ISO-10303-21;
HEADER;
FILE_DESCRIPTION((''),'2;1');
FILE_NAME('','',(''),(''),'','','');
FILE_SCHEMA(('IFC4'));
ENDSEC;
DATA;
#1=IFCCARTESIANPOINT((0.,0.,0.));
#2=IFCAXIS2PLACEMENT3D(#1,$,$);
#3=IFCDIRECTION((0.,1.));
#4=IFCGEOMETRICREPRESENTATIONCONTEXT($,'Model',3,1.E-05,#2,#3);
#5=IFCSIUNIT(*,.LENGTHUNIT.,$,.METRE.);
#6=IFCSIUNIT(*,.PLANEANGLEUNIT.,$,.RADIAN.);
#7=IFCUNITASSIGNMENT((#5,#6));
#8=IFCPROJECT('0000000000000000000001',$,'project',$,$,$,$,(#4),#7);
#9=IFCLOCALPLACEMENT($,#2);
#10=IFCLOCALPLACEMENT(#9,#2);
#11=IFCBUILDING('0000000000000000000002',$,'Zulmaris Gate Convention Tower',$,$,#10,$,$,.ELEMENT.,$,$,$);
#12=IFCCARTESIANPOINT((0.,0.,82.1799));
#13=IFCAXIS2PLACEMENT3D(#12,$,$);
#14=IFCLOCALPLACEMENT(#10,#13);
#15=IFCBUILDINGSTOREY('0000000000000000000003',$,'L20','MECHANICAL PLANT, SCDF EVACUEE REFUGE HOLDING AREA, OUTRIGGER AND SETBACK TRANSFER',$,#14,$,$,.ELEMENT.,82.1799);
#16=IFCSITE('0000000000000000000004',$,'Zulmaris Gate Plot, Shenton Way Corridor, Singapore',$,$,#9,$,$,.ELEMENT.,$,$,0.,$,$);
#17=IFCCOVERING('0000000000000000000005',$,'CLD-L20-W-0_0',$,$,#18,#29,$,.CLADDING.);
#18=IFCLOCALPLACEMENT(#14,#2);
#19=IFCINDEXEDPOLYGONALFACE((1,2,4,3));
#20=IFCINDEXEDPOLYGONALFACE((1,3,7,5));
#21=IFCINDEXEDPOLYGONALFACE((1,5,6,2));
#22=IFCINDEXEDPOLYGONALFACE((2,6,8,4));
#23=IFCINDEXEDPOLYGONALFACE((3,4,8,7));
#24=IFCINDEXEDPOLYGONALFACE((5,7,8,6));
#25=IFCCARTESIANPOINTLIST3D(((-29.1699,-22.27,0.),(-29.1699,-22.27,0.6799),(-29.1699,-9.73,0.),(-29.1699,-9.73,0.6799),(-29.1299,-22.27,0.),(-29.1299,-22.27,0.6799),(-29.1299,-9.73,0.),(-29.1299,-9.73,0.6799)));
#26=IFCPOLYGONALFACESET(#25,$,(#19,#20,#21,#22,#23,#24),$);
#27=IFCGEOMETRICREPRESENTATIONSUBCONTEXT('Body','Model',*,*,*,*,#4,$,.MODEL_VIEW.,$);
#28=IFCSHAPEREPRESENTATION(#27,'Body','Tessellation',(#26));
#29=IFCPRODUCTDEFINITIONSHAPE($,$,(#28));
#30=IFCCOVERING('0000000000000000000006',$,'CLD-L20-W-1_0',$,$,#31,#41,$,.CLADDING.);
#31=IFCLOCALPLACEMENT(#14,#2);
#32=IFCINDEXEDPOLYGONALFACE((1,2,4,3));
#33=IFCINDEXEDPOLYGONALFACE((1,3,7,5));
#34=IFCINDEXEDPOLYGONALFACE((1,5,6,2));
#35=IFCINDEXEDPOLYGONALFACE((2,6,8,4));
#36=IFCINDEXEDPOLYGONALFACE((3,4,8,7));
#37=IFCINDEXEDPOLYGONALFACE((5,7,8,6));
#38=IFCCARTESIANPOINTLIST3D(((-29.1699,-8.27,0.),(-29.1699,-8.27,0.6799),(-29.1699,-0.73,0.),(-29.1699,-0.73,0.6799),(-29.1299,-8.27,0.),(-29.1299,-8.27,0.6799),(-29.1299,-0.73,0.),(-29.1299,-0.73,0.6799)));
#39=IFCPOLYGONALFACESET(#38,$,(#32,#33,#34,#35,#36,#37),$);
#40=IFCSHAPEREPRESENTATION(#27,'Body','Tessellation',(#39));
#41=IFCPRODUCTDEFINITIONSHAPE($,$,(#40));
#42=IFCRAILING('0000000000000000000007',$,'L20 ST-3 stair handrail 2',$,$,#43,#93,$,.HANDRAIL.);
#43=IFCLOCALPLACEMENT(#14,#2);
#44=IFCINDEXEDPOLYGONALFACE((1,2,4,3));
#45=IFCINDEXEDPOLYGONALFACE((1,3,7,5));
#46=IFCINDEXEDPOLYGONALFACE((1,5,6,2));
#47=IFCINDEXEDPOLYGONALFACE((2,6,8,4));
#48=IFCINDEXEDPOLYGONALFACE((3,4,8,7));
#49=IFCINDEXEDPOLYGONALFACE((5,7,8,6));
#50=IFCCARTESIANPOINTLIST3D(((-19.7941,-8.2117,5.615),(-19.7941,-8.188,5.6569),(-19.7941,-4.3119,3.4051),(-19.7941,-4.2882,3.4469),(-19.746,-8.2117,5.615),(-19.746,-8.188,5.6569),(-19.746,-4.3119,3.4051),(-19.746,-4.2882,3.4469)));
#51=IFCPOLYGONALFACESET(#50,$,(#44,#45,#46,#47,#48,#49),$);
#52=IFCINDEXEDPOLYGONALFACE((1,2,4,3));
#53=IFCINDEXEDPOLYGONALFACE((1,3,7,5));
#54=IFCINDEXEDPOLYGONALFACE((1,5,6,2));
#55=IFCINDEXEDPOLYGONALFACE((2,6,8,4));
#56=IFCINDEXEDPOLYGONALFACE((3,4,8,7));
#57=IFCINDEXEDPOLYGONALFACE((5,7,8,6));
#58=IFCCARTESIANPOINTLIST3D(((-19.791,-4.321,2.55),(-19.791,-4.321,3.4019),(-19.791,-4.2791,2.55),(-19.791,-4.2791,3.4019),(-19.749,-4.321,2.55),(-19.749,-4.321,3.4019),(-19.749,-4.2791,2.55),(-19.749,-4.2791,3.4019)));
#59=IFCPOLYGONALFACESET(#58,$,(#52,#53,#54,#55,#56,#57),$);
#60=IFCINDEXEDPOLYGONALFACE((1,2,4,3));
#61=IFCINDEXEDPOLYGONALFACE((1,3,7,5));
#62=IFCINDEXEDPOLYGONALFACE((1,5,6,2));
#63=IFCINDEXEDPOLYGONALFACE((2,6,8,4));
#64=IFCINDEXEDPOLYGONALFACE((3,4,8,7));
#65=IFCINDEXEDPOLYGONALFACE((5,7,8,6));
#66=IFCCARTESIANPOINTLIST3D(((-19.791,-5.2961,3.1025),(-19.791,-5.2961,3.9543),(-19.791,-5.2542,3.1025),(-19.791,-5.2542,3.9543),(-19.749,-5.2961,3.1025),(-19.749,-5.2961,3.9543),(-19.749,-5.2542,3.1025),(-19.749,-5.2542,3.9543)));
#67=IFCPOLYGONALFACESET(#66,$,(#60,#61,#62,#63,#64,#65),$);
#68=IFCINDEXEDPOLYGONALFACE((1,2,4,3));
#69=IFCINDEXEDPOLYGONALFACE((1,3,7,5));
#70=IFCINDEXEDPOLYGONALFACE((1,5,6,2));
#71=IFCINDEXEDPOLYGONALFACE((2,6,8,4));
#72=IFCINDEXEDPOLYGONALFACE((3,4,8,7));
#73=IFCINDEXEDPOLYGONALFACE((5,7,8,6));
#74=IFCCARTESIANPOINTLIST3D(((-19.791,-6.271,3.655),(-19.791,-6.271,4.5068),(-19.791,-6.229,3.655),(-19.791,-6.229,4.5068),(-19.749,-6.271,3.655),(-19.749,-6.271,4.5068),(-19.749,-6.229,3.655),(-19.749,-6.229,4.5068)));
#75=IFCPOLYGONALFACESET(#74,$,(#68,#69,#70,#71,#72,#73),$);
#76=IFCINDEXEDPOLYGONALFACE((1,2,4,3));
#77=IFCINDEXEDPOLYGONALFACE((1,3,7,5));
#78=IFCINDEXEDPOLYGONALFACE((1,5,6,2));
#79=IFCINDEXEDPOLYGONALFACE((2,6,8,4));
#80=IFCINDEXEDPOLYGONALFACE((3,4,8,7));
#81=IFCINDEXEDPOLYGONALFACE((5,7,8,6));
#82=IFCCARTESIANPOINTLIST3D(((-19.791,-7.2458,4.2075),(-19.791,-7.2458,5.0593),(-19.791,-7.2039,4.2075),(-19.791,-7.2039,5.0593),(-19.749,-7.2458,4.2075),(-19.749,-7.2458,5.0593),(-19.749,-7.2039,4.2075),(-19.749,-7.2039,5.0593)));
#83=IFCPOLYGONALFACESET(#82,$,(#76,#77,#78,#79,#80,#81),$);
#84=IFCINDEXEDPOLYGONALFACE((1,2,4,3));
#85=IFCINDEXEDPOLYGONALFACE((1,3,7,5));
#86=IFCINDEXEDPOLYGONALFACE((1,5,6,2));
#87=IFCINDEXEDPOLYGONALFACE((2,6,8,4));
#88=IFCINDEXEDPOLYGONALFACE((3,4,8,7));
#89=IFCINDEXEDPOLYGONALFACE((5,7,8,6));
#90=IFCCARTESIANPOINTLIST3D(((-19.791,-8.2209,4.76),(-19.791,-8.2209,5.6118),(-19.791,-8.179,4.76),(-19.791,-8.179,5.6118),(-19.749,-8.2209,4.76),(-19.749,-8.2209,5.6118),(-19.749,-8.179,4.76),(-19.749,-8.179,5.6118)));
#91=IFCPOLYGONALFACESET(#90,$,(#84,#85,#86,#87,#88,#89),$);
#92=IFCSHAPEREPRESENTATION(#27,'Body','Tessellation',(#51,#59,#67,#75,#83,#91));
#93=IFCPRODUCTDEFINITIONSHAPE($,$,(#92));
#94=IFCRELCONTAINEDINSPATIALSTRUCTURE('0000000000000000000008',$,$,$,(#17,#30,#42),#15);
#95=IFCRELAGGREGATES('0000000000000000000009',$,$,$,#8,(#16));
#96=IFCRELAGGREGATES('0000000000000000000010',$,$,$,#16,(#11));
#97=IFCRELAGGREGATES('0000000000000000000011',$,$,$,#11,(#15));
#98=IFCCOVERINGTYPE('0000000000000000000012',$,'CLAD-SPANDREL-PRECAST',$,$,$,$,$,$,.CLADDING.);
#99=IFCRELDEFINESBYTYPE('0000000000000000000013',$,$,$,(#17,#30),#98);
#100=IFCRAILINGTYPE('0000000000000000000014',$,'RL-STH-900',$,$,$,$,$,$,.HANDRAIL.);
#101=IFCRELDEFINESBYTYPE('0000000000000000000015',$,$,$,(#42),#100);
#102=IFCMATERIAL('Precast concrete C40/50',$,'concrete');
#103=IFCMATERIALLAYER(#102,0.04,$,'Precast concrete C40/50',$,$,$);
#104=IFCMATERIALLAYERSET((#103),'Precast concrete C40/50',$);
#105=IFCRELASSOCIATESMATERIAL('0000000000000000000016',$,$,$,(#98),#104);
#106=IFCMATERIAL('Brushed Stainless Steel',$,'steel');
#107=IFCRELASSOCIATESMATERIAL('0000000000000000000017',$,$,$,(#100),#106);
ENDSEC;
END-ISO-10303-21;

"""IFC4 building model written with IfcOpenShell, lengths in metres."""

from ifc_helpers import new_model, si_unit, direction, frame, frame_2d, origin, origin_2d, place, context, subcontext, project, spatial, rectangle, extrude, material, layer, layer_set, type_object, element, save


model = new_model("IFC4")

# Units and contexts
model_context = context("Model", 3, precision=1e-05, world=origin(), true_north=direction((0.0, 1.0)))
body_context = subcontext(model_context, "Body", "Model", "MODEL_VIEW")
ifc_project = project(units=[si_unit("LENGTHUNIT", "METRE"), si_unit("PLANEANGLEUNIT", "RADIAN")], contexts=[model_context])

# Site, building, storey
site_placement = place(None, origin())
site = spatial("IfcSite", under=ifc_project, at=site_placement, Name="Zulmaris Gate Plot, Shenton Way Corridor, Singapore", CompositionType="ELEMENT", RefElevation=0.0)
building_placement = place(site_placement, origin())
building = spatial("IfcBuilding", under=site, at=building_placement, Name="Zulmaris Gate Convention Tower", CompositionType="ELEMENT")
storey_placement = place(building_placement, frame((0.0, 0.0, 82.1799)))
storey = spatial("IfcBuildingStorey", under=building, at=storey_placement, Name="L20", Description="MECHANICAL PLANT, SCDF EVACUEE REFUGE HOLDING AREA, OUTRIGGER AND SETBACK TRANSFER", CompositionType="ELEMENT", Elevation=82.1799)

# Shared definitions
ifc_material_1 = material(Name="Precast concrete C40/50", Category="concrete")

# Coverings
ifc_layer_1 = layer(ifc_material_1, 0.04, Name="Precast concrete C40/50")
ifc_layer_set_1 = layer_set([ifc_layer_1], Name="Precast concrete C40/50")
covering_type = type_object("IfcCoveringType", Name="CLAD-SPANDREL-PRECAST", PredefinedType="CLADDING", material=ifc_layer_set_1)
covering_1_placement = place(storey_placement, frame((-29.1499, -9.73, 0.0), z_axis=(0.0, 0.0, 1.0), x_axis=(0.0, -1.0, 0.0)))
element("IfcCovering", 1, at=covering_1_placement, inside=storey, type_object=covering_type, Name="CLD-L20-W-0_0", PredefinedType="CLADDING", context=body_context, shape_type="SweptSolid", body=[
    extrude(rectangle(XDim=12.54, YDim=0.04, at=frame_2d((6.27, 0.0))), origin(), (0.0, 0.0, 1.0), 0.6799),
])
covering_2_placement = place(storey_placement, frame((-29.1499, -0.73, 0.0), z_axis=(0.0, 0.0, 1.0), x_axis=(0.0, -1.0, 0.0)))
element("IfcCovering", 2, at=covering_2_placement, inside=storey, type_object=covering_type, Name="CLD-L20-W-1_0", PredefinedType="CLADDING", context=body_context, shape_type="SweptSolid", body=[
    extrude(rectangle(XDim=7.54, YDim=0.04, at=frame_2d((3.77, 0.0))), origin(), (0.0, 0.0, 1.0), 0.6799),
])

# Railing
ifc_material_2 = material(Name="Brushed Stainless Steel", Category="steel")
railing_type = type_object("IfcRailingType", Name="RL-STH-900", PredefinedType="HANDRAIL", material=ifc_material_2)
railing_placement = place(storey_placement, frame((-19.77, -4.3, 2.55)))
element("IfcRailing", 3, at=railing_placement, inside=storey, type_object=railing_type, Name="L20 ST-3 stair handrail 2", PredefinedType="HANDRAIL", context=body_context, shape_type="SweptSolid", body=[
    extrude(rectangle(XDim=0.0481, YDim=0.0481, at=origin_2d()), frame((0.0, 0.0, 0.876), z_axis=(0.0, -0.870021, 0.493015), x_axis=(1.0, 0.0, 0.0)), (0.0, 0.0, 1.0), 4.4824),
    extrude(rectangle(XDim=0.042, YDim=0.042, at=origin_2d()), origin(), (0.0, 0.0, 1.0), 0.8518),
    extrude(rectangle(XDim=0.042, YDim=0.042, at=origin_2d()), frame((0.0, -0.9751, 0.5525)), (0.0, 0.0, 1.0), 0.8518),
    extrude(rectangle(XDim=0.042, YDim=0.042, at=origin_2d()), frame((0.0, -1.95, 1.105)), (0.0, 0.0, 1.0), 0.8518),
    extrude(rectangle(XDim=0.042, YDim=0.042, at=origin_2d()), frame((0.0, -2.9248, 1.6575)), (0.0, 0.0, 1.0), 0.8518),
    extrude(rectangle(XDim=0.042, YDim=0.042, at=origin_2d()), frame((0.0, -3.8999, 2.21)), (0.0, 0.0, 1.0), 0.8518),
])

save(model, "model.ifc")
